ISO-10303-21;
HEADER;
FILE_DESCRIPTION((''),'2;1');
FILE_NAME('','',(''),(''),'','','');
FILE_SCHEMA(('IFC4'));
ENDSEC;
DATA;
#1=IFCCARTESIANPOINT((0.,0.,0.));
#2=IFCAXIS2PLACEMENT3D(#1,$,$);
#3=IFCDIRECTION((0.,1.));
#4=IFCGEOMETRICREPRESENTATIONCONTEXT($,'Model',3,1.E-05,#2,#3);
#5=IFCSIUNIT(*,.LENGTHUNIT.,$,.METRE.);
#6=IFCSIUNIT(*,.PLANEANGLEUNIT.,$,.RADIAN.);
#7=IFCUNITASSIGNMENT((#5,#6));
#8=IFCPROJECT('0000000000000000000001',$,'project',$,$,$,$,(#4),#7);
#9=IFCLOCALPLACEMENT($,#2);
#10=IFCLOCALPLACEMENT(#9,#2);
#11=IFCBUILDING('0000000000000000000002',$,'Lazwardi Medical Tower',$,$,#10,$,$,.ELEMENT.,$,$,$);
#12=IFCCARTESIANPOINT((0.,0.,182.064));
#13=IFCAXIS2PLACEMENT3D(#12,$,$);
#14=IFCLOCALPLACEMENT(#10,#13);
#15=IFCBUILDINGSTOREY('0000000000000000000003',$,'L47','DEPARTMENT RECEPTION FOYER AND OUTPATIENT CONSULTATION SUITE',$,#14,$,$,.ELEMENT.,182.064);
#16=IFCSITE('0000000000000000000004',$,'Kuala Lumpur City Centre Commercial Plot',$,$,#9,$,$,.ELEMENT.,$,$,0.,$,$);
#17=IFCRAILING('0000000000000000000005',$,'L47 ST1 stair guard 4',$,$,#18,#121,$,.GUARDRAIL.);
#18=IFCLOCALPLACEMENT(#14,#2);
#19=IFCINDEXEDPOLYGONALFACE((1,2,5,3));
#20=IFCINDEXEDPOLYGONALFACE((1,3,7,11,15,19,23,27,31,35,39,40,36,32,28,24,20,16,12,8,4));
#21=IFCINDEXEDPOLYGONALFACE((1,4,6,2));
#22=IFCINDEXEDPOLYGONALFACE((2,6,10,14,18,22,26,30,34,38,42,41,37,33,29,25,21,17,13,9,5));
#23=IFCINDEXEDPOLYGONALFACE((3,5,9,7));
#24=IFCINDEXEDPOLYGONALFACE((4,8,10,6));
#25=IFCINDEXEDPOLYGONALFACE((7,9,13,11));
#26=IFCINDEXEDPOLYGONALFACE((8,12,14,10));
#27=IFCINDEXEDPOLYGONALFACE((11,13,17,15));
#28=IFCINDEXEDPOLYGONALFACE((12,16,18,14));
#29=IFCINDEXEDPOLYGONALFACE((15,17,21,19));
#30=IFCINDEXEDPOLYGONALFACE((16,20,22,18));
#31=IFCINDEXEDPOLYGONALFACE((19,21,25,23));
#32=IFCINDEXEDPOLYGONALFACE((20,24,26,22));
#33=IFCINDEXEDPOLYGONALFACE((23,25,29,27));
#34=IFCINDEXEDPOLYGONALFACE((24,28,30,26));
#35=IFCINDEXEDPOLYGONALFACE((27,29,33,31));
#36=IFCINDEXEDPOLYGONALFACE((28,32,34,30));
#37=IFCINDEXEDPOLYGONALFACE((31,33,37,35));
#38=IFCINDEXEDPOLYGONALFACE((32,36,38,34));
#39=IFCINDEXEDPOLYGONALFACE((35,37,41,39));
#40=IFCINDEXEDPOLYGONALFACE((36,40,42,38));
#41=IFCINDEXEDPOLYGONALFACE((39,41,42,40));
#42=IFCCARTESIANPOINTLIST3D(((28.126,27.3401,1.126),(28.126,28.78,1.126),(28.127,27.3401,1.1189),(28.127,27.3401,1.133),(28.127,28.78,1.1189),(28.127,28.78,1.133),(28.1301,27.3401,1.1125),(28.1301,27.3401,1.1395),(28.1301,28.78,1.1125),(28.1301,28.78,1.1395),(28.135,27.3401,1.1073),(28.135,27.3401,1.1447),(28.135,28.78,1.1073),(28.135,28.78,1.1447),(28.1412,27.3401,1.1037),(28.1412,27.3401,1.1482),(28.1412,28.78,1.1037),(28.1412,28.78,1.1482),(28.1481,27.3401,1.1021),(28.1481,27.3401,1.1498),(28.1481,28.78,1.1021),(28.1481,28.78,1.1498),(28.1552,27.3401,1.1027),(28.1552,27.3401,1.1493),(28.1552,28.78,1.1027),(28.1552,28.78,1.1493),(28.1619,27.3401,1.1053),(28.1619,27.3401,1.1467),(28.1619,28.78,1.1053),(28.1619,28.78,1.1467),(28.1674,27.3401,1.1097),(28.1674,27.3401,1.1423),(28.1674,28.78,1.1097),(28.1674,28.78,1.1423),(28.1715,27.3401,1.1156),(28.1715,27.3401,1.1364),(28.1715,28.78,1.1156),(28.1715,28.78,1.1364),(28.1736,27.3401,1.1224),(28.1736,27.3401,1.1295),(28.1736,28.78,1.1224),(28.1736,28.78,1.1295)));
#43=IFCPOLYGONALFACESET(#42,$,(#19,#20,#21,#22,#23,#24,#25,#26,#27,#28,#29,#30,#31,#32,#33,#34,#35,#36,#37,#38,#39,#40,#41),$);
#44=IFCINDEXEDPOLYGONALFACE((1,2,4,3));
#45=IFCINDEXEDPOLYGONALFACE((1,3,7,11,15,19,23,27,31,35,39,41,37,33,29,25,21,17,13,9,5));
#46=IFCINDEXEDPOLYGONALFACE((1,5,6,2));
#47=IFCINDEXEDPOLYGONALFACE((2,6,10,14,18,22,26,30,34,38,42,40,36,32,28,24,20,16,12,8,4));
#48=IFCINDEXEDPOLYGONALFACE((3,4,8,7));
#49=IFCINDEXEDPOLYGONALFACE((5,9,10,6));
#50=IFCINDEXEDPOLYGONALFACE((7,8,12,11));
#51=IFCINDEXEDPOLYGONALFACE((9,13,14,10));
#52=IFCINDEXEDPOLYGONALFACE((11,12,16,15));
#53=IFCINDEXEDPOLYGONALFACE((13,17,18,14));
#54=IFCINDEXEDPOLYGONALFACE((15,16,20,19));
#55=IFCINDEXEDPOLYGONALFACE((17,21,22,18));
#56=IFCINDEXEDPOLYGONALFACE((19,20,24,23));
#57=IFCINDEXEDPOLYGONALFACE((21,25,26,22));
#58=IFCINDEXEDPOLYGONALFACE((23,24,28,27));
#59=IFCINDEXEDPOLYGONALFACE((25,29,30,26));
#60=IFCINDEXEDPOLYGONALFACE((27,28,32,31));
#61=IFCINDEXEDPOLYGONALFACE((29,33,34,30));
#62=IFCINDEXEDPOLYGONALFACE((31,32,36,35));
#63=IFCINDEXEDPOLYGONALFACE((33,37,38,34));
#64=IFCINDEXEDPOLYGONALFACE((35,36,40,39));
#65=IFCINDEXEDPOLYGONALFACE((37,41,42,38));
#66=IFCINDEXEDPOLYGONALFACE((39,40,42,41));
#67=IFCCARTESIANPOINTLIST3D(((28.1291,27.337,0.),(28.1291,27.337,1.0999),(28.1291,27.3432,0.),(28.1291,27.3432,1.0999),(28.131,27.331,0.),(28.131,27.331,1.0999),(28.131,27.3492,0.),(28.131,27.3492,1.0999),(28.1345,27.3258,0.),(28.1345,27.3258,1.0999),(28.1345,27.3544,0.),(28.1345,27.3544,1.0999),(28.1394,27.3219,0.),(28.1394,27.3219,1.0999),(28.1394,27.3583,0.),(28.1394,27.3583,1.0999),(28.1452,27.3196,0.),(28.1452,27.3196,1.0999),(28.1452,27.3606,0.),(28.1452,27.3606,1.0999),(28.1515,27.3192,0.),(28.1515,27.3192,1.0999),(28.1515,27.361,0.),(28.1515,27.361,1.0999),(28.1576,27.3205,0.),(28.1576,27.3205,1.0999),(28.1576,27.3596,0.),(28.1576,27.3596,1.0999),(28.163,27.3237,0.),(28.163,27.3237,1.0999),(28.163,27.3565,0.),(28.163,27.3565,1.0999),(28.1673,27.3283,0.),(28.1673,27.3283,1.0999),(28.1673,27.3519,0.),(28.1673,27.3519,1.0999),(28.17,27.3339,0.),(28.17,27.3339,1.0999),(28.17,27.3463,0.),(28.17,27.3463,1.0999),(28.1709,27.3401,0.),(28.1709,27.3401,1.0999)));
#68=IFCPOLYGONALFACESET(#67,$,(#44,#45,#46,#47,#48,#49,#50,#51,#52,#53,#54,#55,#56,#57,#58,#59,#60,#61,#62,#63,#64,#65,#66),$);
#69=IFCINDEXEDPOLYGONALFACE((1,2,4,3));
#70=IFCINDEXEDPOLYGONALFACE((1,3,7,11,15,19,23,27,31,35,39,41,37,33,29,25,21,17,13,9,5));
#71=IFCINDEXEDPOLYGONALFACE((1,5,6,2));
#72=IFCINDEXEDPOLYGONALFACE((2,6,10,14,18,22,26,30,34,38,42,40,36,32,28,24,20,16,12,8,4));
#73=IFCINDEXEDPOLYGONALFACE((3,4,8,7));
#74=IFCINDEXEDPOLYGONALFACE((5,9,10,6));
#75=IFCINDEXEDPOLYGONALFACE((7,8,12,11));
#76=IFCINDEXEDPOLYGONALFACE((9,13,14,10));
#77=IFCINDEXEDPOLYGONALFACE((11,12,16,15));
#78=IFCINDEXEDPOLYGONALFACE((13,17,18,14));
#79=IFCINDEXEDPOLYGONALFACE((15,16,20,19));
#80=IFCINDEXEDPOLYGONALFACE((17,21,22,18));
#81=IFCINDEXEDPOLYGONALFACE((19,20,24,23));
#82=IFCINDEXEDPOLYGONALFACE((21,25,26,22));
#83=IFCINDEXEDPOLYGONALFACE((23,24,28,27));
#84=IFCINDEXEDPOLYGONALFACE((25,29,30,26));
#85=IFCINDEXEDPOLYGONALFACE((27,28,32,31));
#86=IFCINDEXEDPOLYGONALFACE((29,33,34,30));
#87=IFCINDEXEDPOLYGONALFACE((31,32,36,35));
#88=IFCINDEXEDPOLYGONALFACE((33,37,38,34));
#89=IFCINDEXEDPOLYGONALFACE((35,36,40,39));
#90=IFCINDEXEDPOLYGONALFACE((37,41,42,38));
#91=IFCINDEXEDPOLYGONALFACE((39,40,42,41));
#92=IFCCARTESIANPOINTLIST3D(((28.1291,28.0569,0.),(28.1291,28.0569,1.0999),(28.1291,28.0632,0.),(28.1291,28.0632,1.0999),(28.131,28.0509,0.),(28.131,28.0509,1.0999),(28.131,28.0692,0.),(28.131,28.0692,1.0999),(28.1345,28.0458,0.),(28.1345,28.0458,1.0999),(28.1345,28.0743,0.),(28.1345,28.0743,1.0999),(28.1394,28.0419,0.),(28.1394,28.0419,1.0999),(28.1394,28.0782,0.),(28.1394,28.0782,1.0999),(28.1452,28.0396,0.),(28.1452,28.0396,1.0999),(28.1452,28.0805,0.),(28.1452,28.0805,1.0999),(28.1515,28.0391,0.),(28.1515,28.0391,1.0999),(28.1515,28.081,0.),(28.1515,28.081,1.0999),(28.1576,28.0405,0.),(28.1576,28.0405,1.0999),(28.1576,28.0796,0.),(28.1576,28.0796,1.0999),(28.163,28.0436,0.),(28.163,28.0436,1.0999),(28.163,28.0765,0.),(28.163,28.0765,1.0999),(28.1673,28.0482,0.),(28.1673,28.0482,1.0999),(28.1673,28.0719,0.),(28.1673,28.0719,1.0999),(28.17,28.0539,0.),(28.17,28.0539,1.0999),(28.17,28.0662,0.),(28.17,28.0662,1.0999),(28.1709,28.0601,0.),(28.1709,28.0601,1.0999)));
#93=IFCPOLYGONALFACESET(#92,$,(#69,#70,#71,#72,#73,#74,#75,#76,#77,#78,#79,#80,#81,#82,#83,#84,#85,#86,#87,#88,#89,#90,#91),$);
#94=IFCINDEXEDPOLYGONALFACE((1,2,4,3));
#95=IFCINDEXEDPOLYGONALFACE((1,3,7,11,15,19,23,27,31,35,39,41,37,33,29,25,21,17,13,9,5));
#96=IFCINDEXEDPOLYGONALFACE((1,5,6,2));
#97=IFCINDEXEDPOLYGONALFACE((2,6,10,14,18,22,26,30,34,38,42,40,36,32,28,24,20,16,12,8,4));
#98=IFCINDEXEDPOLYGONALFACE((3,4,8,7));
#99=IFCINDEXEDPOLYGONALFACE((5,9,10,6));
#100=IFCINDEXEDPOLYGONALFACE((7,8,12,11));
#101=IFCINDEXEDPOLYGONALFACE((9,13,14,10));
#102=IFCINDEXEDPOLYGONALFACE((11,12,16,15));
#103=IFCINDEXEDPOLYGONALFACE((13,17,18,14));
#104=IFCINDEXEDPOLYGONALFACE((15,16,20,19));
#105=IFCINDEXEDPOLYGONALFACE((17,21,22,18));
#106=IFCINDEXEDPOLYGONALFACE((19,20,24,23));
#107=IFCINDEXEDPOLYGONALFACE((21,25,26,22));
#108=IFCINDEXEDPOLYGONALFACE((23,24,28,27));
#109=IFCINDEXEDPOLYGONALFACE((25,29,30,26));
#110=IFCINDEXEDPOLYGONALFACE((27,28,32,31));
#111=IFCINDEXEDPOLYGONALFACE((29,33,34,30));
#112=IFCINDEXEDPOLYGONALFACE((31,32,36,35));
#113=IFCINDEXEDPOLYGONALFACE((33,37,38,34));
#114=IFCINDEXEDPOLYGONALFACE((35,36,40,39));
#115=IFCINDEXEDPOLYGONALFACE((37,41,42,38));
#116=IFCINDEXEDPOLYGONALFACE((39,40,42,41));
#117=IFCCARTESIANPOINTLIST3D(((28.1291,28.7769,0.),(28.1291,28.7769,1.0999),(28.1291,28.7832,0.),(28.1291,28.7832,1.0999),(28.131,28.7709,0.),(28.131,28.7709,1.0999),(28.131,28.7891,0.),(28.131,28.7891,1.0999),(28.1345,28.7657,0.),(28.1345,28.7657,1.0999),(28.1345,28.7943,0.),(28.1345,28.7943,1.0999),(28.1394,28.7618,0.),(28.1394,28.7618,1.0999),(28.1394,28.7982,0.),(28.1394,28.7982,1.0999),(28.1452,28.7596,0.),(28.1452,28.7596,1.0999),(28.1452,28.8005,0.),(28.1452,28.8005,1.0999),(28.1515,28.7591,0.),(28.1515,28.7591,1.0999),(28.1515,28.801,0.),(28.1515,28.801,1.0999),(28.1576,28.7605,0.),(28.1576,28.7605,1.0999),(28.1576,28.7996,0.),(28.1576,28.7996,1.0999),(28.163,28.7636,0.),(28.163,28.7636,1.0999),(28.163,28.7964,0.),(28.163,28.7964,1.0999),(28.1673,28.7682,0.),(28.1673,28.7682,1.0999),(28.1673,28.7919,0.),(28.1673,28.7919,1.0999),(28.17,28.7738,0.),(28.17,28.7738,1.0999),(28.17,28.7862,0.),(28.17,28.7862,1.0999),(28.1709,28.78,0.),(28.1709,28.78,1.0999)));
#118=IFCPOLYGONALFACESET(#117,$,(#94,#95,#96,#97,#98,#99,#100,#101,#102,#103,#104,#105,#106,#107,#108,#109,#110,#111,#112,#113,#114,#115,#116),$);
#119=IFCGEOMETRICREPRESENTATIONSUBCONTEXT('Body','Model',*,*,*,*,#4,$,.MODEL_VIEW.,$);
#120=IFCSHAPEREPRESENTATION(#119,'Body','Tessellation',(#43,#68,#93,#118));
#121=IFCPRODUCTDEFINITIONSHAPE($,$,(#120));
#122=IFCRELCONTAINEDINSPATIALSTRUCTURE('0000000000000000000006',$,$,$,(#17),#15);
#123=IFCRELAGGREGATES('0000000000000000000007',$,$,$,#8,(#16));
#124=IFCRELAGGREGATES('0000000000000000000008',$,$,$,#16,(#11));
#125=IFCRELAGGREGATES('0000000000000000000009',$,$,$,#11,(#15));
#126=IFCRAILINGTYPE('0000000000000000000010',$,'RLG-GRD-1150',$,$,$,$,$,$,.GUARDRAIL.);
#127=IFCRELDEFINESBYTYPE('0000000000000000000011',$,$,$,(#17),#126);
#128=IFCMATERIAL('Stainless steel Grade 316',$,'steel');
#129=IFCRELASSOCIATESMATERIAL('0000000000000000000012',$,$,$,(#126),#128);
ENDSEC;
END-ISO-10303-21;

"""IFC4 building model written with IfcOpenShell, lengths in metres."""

from ifc_helpers import new_model, si_unit, direction, frame, origin, origin_2d, place, context, subcontext, project, spatial, circle, extrude, material, type_object, element, save


model = new_model("IFC4")

# Units and contexts
model_context = context("Model", 3, precision=1e-05, world=origin(), true_north=direction((0.0, 1.0)))
body_context = subcontext(model_context, "Body", "Model", "MODEL_VIEW")
ifc_project = project(units=[si_unit("LENGTHUNIT", "METRE"), si_unit("PLANEANGLEUNIT", "RADIAN")], contexts=[model_context])

# Site, building, storey
site_placement = place(None, origin())
site = spatial("IfcSite", under=ifc_project, at=site_placement, Name="Kuala Lumpur City Centre Commercial Plot", CompositionType="ELEMENT", RefElevation=0.0)
building_placement = place(site_placement, origin())
building = spatial("IfcBuilding", under=site, at=building_placement, Name="Lazwardi Medical Tower", CompositionType="ELEMENT")
storey_placement = place(building_placement, frame((0.0, 0.0, 182.064)))
storey = spatial("IfcBuildingStorey", under=building, at=storey_placement, Name="L47", Description="DEPARTMENT RECEPTION FOYER AND OUTPATIENT CONSULTATION SUITE", CompositionType="ELEMENT", Elevation=182.064)

# Railing
ifc_material_1 = material(Name="Stainless steel Grade 316", Category="steel")
railing_type_1 = type_object("IfcRailingType", Name="RLG-GRD-1150", PredefinedType="GUARDRAIL", material=ifc_material_1)
railing_1_placement = place(storey_placement, frame((28.1499, 27.3401, 0.0)))
element("IfcRailing", 1, at=railing_1_placement, inside=storey, type_object=railing_type_1, Name="L47 ST1 stair guard 4", PredefinedType="GUARDRAIL", context=body_context, shape_type="SweptSolid", body=[
    extrude(circle(Radius=0.0239, at=origin_2d()), frame((0.0, 0.0, 1.126), z_axis=(0.0, 1.0, 0.0), x_axis=(-1.0, 0.0, 0.0)), (0.0, 0.0, 1.0), 1.4399),
    extrude(circle(Radius=0.021, at=origin_2d()), origin(), (0.0, 0.0, 1.0), 1.0999),
    extrude(circle(Radius=0.021, at=origin_2d()), frame((0.0, 0.72, 0.0)), (0.0, 0.0, 1.0), 1.0999),
    extrude(circle(Radius=0.021, at=origin_2d()), frame((0.0, 1.4399, 0.0)), (0.0, 0.0, 1.0), 1.0999),
])

save(model, "model.ifc")
